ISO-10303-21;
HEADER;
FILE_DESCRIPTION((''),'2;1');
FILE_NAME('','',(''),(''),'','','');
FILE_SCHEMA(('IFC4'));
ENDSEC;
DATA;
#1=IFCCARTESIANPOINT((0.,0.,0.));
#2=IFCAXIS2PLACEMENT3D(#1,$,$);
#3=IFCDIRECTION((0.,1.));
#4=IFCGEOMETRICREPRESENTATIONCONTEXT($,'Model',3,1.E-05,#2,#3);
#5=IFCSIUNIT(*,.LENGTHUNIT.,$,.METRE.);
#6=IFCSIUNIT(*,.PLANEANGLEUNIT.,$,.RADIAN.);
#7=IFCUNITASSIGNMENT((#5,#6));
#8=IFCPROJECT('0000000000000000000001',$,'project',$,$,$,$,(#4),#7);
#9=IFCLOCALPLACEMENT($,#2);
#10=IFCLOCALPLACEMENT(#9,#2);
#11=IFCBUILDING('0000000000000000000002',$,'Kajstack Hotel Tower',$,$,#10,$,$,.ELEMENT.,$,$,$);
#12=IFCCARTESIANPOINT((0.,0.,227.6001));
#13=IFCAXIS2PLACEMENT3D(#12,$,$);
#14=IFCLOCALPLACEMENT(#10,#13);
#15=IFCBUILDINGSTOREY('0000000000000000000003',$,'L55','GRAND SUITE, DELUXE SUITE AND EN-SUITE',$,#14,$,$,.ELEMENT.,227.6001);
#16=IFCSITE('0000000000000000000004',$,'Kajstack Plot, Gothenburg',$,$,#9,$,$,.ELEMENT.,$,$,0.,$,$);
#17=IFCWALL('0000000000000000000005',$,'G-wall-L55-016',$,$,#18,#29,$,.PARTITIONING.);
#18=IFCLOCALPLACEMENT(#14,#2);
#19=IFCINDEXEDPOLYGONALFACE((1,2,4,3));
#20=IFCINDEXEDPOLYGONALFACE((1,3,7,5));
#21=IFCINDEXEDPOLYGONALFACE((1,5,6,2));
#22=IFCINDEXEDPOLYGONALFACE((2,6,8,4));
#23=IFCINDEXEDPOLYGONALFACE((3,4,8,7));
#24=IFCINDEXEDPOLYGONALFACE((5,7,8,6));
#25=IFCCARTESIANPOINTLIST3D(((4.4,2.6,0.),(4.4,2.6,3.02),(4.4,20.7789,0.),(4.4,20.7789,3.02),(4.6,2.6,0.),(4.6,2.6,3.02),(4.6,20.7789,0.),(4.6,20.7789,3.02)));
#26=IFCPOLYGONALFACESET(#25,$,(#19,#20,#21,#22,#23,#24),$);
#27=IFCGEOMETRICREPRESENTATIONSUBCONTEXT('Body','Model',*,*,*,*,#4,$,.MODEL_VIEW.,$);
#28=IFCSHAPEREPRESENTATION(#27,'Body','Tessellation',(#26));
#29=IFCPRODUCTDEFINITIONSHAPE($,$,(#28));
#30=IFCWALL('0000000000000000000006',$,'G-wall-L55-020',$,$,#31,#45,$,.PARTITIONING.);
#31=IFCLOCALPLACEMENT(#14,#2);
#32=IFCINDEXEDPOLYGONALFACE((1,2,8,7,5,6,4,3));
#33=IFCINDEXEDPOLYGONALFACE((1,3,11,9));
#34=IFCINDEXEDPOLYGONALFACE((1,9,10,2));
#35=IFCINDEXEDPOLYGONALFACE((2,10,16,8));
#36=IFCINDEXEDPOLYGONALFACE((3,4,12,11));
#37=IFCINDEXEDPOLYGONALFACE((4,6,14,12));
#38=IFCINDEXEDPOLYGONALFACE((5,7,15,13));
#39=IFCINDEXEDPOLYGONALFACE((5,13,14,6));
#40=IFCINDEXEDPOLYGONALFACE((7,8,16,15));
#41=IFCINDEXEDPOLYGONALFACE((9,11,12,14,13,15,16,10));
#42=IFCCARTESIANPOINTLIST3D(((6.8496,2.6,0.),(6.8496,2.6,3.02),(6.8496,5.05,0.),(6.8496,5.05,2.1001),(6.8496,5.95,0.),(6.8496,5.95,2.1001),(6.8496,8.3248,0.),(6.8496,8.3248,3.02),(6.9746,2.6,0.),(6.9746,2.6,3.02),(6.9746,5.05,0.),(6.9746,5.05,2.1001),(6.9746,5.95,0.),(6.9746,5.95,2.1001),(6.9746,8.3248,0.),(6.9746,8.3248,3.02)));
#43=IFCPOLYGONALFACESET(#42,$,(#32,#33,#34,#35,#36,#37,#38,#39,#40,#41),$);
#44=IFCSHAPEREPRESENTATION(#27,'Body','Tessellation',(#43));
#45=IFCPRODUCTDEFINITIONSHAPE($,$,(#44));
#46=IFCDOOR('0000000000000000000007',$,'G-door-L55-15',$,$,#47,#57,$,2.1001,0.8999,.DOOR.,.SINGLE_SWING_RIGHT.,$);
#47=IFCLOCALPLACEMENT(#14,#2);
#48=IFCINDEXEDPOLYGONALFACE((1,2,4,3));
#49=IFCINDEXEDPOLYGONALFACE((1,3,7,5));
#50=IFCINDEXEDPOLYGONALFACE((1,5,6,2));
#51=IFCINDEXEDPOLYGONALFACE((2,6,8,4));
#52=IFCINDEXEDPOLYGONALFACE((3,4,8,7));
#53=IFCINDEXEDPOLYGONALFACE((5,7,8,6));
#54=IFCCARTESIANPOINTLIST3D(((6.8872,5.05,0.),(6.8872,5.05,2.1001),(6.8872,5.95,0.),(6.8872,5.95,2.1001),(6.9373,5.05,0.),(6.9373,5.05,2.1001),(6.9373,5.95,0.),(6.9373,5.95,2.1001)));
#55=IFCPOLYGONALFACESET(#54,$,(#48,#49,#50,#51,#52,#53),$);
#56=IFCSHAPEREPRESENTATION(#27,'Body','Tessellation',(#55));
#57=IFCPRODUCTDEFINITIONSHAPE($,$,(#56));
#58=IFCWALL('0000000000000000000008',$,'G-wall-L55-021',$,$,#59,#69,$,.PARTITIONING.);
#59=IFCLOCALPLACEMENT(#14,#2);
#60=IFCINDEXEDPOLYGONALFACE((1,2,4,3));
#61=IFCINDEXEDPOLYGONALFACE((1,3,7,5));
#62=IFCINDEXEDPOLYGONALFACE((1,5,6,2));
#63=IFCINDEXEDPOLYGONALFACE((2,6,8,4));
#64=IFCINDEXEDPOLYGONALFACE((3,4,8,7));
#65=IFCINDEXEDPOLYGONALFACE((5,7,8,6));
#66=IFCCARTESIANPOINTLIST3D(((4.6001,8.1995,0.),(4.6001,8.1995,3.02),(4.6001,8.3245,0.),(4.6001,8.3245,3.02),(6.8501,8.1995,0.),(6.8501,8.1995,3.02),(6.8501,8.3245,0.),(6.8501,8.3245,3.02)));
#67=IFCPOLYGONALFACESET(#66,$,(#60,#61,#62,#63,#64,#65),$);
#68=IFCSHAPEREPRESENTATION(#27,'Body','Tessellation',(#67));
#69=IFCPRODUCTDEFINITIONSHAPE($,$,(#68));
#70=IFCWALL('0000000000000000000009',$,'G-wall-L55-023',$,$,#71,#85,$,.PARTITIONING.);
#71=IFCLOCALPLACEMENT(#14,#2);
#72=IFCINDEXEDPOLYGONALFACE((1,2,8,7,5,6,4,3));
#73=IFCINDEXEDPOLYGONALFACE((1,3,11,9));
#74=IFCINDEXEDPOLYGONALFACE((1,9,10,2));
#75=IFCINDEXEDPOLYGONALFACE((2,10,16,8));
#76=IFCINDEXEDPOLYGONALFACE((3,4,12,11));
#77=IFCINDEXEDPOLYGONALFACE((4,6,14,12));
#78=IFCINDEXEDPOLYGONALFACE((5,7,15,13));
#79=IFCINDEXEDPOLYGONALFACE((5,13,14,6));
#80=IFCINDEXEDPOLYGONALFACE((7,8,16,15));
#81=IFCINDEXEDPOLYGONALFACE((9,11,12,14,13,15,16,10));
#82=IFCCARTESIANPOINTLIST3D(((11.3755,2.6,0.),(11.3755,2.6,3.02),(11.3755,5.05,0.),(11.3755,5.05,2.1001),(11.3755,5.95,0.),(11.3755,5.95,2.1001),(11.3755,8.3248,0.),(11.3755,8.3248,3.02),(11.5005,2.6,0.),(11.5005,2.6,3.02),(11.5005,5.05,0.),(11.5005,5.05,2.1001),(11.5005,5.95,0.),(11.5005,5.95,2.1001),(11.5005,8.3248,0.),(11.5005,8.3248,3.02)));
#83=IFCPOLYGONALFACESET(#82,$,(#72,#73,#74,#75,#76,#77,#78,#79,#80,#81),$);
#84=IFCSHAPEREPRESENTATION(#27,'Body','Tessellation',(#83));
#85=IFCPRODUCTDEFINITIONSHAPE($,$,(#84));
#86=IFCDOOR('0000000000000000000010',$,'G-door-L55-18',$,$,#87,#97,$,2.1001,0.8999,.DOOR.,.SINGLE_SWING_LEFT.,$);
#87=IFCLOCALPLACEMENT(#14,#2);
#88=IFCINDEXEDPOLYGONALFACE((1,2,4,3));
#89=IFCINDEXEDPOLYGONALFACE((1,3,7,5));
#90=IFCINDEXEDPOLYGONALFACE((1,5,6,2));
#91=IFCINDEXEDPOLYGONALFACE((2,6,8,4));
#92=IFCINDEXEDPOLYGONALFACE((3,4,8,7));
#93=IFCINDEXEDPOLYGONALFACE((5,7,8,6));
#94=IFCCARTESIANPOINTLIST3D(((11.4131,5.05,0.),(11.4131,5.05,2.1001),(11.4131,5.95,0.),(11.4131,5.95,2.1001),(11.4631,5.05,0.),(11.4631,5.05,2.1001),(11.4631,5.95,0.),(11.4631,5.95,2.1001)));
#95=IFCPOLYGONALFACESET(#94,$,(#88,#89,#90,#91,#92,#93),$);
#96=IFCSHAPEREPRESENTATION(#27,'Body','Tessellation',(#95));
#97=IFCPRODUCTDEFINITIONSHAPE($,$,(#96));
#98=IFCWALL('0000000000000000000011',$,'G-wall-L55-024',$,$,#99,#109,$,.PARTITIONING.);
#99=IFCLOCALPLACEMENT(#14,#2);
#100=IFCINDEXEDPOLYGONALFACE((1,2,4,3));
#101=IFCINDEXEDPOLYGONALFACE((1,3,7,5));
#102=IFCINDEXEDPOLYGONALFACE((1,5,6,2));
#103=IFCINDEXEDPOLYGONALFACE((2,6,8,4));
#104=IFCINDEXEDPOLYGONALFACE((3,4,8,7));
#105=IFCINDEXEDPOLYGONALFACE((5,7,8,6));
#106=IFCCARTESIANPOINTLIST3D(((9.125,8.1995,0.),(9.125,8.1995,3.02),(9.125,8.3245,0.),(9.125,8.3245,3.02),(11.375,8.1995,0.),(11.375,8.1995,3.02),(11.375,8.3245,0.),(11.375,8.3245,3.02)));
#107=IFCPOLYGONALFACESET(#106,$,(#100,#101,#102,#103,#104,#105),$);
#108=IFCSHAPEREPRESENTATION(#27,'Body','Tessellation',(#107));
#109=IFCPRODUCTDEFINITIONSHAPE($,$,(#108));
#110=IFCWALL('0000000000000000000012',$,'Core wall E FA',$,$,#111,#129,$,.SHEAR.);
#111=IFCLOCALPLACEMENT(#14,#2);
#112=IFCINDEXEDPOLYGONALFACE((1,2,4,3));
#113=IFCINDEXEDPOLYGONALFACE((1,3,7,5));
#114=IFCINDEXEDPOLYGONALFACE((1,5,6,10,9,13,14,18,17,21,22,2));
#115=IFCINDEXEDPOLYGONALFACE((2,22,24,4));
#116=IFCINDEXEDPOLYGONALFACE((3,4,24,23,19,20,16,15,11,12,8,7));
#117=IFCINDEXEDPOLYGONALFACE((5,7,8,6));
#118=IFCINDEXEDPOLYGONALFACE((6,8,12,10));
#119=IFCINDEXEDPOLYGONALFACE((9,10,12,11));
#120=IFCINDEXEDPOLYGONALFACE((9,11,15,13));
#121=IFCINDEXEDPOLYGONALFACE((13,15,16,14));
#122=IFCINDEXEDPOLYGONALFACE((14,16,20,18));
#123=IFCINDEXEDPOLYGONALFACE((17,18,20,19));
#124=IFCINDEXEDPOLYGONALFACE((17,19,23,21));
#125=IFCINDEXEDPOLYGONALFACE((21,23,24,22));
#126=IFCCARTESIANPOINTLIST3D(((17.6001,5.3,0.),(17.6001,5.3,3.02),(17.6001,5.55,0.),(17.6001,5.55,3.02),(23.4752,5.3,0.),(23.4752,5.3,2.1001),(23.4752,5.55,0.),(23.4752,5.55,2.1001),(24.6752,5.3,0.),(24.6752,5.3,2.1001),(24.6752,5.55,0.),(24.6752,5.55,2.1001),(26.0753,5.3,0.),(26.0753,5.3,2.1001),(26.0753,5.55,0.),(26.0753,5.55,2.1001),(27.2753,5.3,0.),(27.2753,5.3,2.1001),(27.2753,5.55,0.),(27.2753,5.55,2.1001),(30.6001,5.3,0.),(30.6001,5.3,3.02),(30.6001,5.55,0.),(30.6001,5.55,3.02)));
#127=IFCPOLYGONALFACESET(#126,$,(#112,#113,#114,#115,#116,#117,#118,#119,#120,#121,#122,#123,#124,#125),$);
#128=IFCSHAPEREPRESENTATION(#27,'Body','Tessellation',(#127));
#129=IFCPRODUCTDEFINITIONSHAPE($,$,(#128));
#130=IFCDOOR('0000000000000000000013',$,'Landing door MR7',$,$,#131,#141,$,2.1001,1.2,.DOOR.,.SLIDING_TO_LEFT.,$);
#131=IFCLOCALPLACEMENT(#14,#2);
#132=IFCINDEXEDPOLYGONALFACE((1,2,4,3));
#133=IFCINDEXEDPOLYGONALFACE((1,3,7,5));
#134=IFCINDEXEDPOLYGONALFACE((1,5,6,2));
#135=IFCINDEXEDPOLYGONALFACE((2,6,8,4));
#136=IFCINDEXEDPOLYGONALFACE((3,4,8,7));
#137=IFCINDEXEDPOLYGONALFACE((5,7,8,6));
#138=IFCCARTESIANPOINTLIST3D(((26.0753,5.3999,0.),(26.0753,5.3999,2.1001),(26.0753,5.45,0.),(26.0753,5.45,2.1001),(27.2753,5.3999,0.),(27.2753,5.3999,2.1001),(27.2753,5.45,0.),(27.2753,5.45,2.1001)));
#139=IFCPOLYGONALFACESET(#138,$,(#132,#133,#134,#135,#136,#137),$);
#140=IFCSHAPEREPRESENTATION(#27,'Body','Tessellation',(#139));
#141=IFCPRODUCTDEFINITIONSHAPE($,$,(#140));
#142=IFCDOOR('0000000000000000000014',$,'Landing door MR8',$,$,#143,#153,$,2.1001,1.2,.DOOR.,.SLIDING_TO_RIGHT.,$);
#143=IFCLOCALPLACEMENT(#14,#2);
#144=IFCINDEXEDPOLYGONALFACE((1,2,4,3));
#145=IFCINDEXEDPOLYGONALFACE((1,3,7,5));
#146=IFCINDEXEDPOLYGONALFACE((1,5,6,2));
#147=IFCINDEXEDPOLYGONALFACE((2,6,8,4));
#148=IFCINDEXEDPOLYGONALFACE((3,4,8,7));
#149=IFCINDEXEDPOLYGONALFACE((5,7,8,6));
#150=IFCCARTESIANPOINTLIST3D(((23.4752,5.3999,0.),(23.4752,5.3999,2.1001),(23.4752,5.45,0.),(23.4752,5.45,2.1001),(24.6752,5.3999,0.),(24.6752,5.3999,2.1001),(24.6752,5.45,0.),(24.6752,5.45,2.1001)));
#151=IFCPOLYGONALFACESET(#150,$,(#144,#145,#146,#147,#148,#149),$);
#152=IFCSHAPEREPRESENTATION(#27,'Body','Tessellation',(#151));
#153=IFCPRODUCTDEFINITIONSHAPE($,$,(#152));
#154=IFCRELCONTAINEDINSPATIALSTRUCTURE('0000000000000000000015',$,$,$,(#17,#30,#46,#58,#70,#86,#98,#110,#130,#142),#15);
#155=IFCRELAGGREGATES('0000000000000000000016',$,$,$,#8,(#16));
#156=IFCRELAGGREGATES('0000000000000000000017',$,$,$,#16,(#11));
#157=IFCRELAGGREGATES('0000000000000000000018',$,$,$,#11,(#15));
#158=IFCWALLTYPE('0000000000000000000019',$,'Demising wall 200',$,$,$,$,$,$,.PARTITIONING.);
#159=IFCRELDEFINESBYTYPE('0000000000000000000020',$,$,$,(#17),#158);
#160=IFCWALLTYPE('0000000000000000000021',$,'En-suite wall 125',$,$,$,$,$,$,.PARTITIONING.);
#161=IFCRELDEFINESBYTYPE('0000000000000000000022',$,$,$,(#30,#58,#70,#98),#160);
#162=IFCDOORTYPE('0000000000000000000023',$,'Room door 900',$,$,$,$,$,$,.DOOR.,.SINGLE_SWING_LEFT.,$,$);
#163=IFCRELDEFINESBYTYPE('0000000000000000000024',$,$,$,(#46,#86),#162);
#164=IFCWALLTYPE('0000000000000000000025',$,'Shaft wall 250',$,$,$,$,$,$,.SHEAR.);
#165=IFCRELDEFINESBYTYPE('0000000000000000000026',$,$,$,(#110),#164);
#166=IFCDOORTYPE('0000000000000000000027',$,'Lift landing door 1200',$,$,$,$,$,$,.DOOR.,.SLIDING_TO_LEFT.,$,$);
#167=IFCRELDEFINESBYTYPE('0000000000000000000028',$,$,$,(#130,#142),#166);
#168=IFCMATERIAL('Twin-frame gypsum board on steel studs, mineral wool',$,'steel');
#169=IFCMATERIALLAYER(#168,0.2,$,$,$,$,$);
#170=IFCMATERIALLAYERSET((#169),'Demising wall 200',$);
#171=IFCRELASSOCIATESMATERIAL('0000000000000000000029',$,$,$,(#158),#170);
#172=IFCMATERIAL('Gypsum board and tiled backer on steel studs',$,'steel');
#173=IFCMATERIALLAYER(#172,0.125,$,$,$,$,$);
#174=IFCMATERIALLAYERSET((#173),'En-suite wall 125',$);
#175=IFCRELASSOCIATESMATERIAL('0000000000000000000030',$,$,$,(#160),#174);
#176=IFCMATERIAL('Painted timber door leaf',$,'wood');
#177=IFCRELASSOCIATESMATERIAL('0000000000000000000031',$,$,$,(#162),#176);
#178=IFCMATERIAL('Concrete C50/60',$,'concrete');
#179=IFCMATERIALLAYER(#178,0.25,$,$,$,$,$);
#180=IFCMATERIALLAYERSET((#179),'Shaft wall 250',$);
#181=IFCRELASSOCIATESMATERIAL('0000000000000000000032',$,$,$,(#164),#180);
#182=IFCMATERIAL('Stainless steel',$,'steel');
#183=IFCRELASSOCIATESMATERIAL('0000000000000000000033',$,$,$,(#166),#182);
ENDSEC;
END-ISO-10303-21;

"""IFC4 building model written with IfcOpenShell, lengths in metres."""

from ifc_helpers import new_model, si_unit, direction, frame, frame_2d, origin, place, context, subcontext, project, spatial, rectangle, extrude, material, layer, layer_set, type_object, element, fill, save


model = new_model("IFC4")

# Units and contexts
model_context = context("Model", 3, precision=1e-05, world=origin(), true_north=direction((0.0, 1.0)))
body_context = subcontext(model_context, "Body", "Model", "MODEL_VIEW")
ifc_project = project(units=[si_unit("LENGTHUNIT", "METRE"), si_unit("PLANEANGLEUNIT", "RADIAN")], contexts=[model_context])

# Site, building, storey
site_placement = place(None, origin())
site = spatial("IfcSite", under=ifc_project, at=site_placement, Name="Kajstack Plot, Gothenburg", CompositionType="ELEMENT", RefElevation=0.0)
building_placement = place(site_placement, origin())
building = spatial("IfcBuilding", under=site, at=building_placement, Name="Kajstack Hotel Tower", CompositionType="ELEMENT")
storey_placement = place(building_placement, frame((0.0, 0.0, 227.6001)))
storey = spatial("IfcBuildingStorey", under=building, at=storey_placement, Name="L55", Description="GRAND SUITE, DELUXE SUITE AND EN-SUITE", CompositionType="ELEMENT", Elevation=227.6001)

# Wall
ifc_material_1 = material(Name="Twin-frame gypsum board on steel studs, mineral wool", Category="steel")
ifc_layer_1 = layer(ifc_material_1, 0.2)
ifc_layer_set_1 = layer_set([ifc_layer_1], Name="Demising wall 200")
wall_type_1 = type_object("IfcWallType", Name="Demising wall 200", PredefinedType="PARTITIONING", material=ifc_layer_set_1)
wall_1_placement = place(storey_placement, frame((4.5, 2.6001, 0.0), z_axis=(0.0, 0.0, 1.0), x_axis=(0.0, 1.0, 0.0)))
element("IfcWall", 1, at=wall_1_placement, inside=storey, type_object=wall_type_1, Name="G-wall-L55-016", PredefinedType="PARTITIONING", context=body_context, shape_type="SweptSolid", body=[
    extrude(rectangle(XDim=18.179, YDim=0.2, at=frame_2d((9.0894, 0.0))), origin(), (0.0, 0.0, 1.0), 3.02),
])

# Wall, opening, door
ifc_material_2 = material(Name="Gypsum board and tiled backer on steel studs", Category="steel")
ifc_layer_2 = layer(ifc_material_2, 0.125)
ifc_layer_set_2 = layer_set([ifc_layer_2], Name="En-suite wall 125")
wall_type_2 = type_object("IfcWallType", Name="En-suite wall 125", PredefinedType="PARTITIONING", material=ifc_layer_set_2)
wall_2_placement = place(storey_placement, frame((6.9121, 2.6001, 0.0), z_axis=(0.0, 0.0, 1.0), x_axis=(0.0, 1.0, 0.0)))
wall_2 = element("IfcWall", 2, at=wall_2_placement, inside=storey, type_object=wall_type_2, Name="G-wall-L55-020", PredefinedType="PARTITIONING", context=body_context, shape_type="SweptSolid", body=[
    extrude(rectangle(XDim=5.7249, YDim=0.125, at=frame_2d((2.8623, 0.0))), origin(), (0.0, 0.0, 1.0), 3.02),
])
opening_1_placement = place(wall_2_placement, frame((2.45, 0.0, 0.0)))
opening_1 = element("IfcOpeningElement", 3, at=opening_1_placement, cuts=wall_2, PredefinedType="OPENING", context=body_context, shape_type="SweptSolid", body=[
    extrude(rectangle(XDim=0.8999, YDim=2.1001, at=frame_2d((0.45, 1.05))), frame((0.0, 0.0725, 0.0), z_axis=(0.0, -1.0, 0.0), x_axis=(1.0, 0.0, 0.0)), (0.0, 0.0, 1.0), 0.145),
])
ifc_material_3 = material(Name="Painted timber door leaf", Category="wood")
door_type_1 = type_object("IfcDoorType", Name="Room door 900", OperationType="SINGLE_SWING_LEFT", PredefinedType="DOOR", material=ifc_material_3)
door_1_placement = place(opening_1_placement, origin())
door_1 = element("IfcDoor", 4, at=door_1_placement, inside=storey, type_object=door_type_1, Name="G-door-L55-15", OperationType="SINGLE_SWING_RIGHT", OverallHeight=2.1001, OverallWidth=0.8999, PredefinedType="DOOR", context=body_context, shape_type="SweptSolid", body=[
    extrude(rectangle(XDim=0.8999, YDim=2.1001, at=frame_2d((0.45, 1.05))), frame((0.0, 0.0249, 0.0), z_axis=(0.0, -1.0, 0.0), x_axis=(1.0, 0.0, 0.0)), (0.0, 0.0, 1.0), 0.05),
])
fill(opening_1, door_1)

# Wall
wall_3_placement = place(storey_placement, frame((4.6001, 8.262, 0.0), z_axis=(0.0, 0.0, 1.0), x_axis=(1.0, 0.0, 0.0)))
element("IfcWall", 5, at=wall_3_placement, inside=storey, type_object=wall_type_2, Name="G-wall-L55-021", PredefinedType="PARTITIONING", context=body_context, shape_type="SweptSolid", body=[
    extrude(rectangle(XDim=2.25, YDim=0.125, at=frame_2d((1.125, 0.0))), origin(), (0.0, 0.0, 1.0), 3.02),
])

# Wall, opening, door
wall_4_placement = place(storey_placement, frame((11.438, 2.6001, 0.0), z_axis=(0.0, 0.0, 1.0), x_axis=(0.0, 1.0, 0.0)))
wall_4 = element("IfcWall", 6, at=wall_4_placement, inside=storey, type_object=wall_type_2, Name="G-wall-L55-023", PredefinedType="PARTITIONING", context=body_context, shape_type="SweptSolid", body=[
    extrude(rectangle(XDim=5.7249, YDim=0.125, at=frame_2d((2.8623, 0.0))), origin(), (0.0, 0.0, 1.0), 3.02),
])
opening_2_placement = place(wall_4_placement, frame((2.45, 0.0, 0.0)))
opening_2 = element("IfcOpeningElement", 7, at=opening_2_placement, cuts=wall_4, PredefinedType="OPENING", context=body_context, shape_type="SweptSolid", body=[
    extrude(rectangle(XDim=0.8999, YDim=2.1001, at=frame_2d((0.45, 1.05))), frame((0.0, 0.0725, 0.0), z_axis=(0.0, -1.0, 0.0), x_axis=(1.0, 0.0, 0.0)), (0.0, 0.0, 1.0), 0.145),
])
door_2_placement = place(opening_2_placement, origin())
door_2 = element("IfcDoor", 8, at=door_2_placement, inside=storey, type_object=door_type_1, Name="G-door-L55-18", OperationType="SINGLE_SWING_LEFT", OverallHeight=2.1001, OverallWidth=0.8999, PredefinedType="DOOR", context=body_context, shape_type="SweptSolid", body=[
    extrude(rectangle(XDim=0.8999, YDim=2.1001, at=frame_2d((0.45, 1.05))), frame((0.0, 0.0249, 0.0), z_axis=(0.0, -1.0, 0.0), x_axis=(1.0, 0.0, 0.0)), (0.0, 0.0, 1.0), 0.05),
])
fill(opening_2, door_2)

# Wall
wall_5_placement = place(storey_placement, frame((9.125, 8.262, 0.0), z_axis=(0.0, 0.0, 1.0), x_axis=(1.0, 0.0, 0.0)))
element("IfcWall", 9, at=wall_5_placement, inside=storey, type_object=wall_type_2, Name="G-wall-L55-024", PredefinedType="PARTITIONING", context=body_context, shape_type="SweptSolid", body=[
    extrude(rectangle(XDim=2.25, YDim=0.125, at=frame_2d((1.125, 0.0))), origin(), (0.0, 0.0, 1.0), 3.02),
])

# Wall, openings, doors
ifc_material_4 = material(Name="Concrete C50/60", Category="concrete")
ifc_layer_3 = layer(ifc_material_4, 0.25)
ifc_layer_set_3 = layer_set([ifc_layer_3], Name="Shaft wall 250")
wall_type_3 = type_object("IfcWallType", Name="Shaft wall 250", PredefinedType="SHEAR", material=ifc_layer_set_3)
wall_6_placement = place(storey_placement, frame((17.6001, 5.425, 0.0), z_axis=(0.0, 0.0, 1.0), x_axis=(1.0, 0.0, 0.0)))
wall_6 = element("IfcWall", 10, at=wall_6_placement, inside=storey, type_object=wall_type_3, Name="Core wall E FA", PredefinedType="SHEAR", context=body_context, shape_type="SweptSolid", body=[
    extrude(rectangle(XDim=13.0, YDim=0.25, at=frame_2d((6.5, 0.0))), origin(), (0.0, 0.0, 1.0), 3.02),
])
opening_3_placement = place(wall_6_placement, frame((8.4751, 0.0, 0.0)))
opening_3 = element("IfcOpeningElement", 11, at=opening_3_placement, cuts=wall_6, PredefinedType="OPENING", context=body_context, shape_type="SweptSolid", body=[
    extrude(rectangle(XDim=1.2, YDim=2.1001, at=frame_2d((0.6001, 1.05))), frame((0.0, 0.135, 0.0), z_axis=(0.0, -1.0, 0.0), x_axis=(1.0, 0.0, 0.0)), (0.0, 0.0, 1.0), 0.27),
])
opening_4_placement = place(wall_6_placement, frame((5.875, 0.0, 0.0)))
opening_4 = element("IfcOpeningElement", 12, at=opening_4_placement, cuts=wall_6, PredefinedType="OPENING", context=body_context, shape_type="SweptSolid", body=[
    extrude(rectangle(XDim=1.2, YDim=2.1001, at=frame_2d((0.6001, 1.05))), frame((0.0, 0.135, 0.0), z_axis=(0.0, -1.0, 0.0), x_axis=(1.0, 0.0, 0.0)), (0.0, 0.0, 1.0), 0.27),
])
ifc_material_5 = material(Name="Stainless steel", Category="steel")
door_type_2 = type_object("IfcDoorType", Name="Lift landing door 1200", OperationType="SLIDING_TO_LEFT", PredefinedType="DOOR", material=ifc_material_5)
door_3_placement = place(opening_3_placement, origin())
door_3 = element("IfcDoor", 13, at=door_3_placement, inside=storey, type_object=door_type_2, Name="Landing door MR7", OperationType="SLIDING_TO_LEFT", OverallHeight=2.1001, OverallWidth=1.2, PredefinedType="DOOR", context=body_context, shape_type="SweptSolid", body=[
    extrude(rectangle(XDim=1.2, YDim=2.1001, at=frame_2d((0.6001, 1.05))), frame((0.0, 0.0249, 0.0), z_axis=(0.0, -1.0, 0.0), x_axis=(1.0, 0.0, 0.0)), (0.0, 0.0, 1.0), 0.05),
])
fill(opening_3, door_3)
door_4_placement = place(opening_4_placement, origin())
door_4 = element("IfcDoor", 14, at=door_4_placement, inside=storey, type_object=door_type_2, Name="Landing door MR8", OperationType="SLIDING_TO_RIGHT", OverallHeight=2.1001, OverallWidth=1.2, PredefinedType="DOOR", context=body_context, shape_type="SweptSolid", body=[
    extrude(rectangle(XDim=1.2, YDim=2.1001, at=frame_2d((0.6001, 1.05))), frame((0.0, 0.0249, 0.0), z_axis=(0.0, -1.0, 0.0), x_axis=(1.0, 0.0, 0.0)), (0.0, 0.0, 1.0), 0.05),
])
fill(opening_4, door_4)

save(model, "model.ifc")
